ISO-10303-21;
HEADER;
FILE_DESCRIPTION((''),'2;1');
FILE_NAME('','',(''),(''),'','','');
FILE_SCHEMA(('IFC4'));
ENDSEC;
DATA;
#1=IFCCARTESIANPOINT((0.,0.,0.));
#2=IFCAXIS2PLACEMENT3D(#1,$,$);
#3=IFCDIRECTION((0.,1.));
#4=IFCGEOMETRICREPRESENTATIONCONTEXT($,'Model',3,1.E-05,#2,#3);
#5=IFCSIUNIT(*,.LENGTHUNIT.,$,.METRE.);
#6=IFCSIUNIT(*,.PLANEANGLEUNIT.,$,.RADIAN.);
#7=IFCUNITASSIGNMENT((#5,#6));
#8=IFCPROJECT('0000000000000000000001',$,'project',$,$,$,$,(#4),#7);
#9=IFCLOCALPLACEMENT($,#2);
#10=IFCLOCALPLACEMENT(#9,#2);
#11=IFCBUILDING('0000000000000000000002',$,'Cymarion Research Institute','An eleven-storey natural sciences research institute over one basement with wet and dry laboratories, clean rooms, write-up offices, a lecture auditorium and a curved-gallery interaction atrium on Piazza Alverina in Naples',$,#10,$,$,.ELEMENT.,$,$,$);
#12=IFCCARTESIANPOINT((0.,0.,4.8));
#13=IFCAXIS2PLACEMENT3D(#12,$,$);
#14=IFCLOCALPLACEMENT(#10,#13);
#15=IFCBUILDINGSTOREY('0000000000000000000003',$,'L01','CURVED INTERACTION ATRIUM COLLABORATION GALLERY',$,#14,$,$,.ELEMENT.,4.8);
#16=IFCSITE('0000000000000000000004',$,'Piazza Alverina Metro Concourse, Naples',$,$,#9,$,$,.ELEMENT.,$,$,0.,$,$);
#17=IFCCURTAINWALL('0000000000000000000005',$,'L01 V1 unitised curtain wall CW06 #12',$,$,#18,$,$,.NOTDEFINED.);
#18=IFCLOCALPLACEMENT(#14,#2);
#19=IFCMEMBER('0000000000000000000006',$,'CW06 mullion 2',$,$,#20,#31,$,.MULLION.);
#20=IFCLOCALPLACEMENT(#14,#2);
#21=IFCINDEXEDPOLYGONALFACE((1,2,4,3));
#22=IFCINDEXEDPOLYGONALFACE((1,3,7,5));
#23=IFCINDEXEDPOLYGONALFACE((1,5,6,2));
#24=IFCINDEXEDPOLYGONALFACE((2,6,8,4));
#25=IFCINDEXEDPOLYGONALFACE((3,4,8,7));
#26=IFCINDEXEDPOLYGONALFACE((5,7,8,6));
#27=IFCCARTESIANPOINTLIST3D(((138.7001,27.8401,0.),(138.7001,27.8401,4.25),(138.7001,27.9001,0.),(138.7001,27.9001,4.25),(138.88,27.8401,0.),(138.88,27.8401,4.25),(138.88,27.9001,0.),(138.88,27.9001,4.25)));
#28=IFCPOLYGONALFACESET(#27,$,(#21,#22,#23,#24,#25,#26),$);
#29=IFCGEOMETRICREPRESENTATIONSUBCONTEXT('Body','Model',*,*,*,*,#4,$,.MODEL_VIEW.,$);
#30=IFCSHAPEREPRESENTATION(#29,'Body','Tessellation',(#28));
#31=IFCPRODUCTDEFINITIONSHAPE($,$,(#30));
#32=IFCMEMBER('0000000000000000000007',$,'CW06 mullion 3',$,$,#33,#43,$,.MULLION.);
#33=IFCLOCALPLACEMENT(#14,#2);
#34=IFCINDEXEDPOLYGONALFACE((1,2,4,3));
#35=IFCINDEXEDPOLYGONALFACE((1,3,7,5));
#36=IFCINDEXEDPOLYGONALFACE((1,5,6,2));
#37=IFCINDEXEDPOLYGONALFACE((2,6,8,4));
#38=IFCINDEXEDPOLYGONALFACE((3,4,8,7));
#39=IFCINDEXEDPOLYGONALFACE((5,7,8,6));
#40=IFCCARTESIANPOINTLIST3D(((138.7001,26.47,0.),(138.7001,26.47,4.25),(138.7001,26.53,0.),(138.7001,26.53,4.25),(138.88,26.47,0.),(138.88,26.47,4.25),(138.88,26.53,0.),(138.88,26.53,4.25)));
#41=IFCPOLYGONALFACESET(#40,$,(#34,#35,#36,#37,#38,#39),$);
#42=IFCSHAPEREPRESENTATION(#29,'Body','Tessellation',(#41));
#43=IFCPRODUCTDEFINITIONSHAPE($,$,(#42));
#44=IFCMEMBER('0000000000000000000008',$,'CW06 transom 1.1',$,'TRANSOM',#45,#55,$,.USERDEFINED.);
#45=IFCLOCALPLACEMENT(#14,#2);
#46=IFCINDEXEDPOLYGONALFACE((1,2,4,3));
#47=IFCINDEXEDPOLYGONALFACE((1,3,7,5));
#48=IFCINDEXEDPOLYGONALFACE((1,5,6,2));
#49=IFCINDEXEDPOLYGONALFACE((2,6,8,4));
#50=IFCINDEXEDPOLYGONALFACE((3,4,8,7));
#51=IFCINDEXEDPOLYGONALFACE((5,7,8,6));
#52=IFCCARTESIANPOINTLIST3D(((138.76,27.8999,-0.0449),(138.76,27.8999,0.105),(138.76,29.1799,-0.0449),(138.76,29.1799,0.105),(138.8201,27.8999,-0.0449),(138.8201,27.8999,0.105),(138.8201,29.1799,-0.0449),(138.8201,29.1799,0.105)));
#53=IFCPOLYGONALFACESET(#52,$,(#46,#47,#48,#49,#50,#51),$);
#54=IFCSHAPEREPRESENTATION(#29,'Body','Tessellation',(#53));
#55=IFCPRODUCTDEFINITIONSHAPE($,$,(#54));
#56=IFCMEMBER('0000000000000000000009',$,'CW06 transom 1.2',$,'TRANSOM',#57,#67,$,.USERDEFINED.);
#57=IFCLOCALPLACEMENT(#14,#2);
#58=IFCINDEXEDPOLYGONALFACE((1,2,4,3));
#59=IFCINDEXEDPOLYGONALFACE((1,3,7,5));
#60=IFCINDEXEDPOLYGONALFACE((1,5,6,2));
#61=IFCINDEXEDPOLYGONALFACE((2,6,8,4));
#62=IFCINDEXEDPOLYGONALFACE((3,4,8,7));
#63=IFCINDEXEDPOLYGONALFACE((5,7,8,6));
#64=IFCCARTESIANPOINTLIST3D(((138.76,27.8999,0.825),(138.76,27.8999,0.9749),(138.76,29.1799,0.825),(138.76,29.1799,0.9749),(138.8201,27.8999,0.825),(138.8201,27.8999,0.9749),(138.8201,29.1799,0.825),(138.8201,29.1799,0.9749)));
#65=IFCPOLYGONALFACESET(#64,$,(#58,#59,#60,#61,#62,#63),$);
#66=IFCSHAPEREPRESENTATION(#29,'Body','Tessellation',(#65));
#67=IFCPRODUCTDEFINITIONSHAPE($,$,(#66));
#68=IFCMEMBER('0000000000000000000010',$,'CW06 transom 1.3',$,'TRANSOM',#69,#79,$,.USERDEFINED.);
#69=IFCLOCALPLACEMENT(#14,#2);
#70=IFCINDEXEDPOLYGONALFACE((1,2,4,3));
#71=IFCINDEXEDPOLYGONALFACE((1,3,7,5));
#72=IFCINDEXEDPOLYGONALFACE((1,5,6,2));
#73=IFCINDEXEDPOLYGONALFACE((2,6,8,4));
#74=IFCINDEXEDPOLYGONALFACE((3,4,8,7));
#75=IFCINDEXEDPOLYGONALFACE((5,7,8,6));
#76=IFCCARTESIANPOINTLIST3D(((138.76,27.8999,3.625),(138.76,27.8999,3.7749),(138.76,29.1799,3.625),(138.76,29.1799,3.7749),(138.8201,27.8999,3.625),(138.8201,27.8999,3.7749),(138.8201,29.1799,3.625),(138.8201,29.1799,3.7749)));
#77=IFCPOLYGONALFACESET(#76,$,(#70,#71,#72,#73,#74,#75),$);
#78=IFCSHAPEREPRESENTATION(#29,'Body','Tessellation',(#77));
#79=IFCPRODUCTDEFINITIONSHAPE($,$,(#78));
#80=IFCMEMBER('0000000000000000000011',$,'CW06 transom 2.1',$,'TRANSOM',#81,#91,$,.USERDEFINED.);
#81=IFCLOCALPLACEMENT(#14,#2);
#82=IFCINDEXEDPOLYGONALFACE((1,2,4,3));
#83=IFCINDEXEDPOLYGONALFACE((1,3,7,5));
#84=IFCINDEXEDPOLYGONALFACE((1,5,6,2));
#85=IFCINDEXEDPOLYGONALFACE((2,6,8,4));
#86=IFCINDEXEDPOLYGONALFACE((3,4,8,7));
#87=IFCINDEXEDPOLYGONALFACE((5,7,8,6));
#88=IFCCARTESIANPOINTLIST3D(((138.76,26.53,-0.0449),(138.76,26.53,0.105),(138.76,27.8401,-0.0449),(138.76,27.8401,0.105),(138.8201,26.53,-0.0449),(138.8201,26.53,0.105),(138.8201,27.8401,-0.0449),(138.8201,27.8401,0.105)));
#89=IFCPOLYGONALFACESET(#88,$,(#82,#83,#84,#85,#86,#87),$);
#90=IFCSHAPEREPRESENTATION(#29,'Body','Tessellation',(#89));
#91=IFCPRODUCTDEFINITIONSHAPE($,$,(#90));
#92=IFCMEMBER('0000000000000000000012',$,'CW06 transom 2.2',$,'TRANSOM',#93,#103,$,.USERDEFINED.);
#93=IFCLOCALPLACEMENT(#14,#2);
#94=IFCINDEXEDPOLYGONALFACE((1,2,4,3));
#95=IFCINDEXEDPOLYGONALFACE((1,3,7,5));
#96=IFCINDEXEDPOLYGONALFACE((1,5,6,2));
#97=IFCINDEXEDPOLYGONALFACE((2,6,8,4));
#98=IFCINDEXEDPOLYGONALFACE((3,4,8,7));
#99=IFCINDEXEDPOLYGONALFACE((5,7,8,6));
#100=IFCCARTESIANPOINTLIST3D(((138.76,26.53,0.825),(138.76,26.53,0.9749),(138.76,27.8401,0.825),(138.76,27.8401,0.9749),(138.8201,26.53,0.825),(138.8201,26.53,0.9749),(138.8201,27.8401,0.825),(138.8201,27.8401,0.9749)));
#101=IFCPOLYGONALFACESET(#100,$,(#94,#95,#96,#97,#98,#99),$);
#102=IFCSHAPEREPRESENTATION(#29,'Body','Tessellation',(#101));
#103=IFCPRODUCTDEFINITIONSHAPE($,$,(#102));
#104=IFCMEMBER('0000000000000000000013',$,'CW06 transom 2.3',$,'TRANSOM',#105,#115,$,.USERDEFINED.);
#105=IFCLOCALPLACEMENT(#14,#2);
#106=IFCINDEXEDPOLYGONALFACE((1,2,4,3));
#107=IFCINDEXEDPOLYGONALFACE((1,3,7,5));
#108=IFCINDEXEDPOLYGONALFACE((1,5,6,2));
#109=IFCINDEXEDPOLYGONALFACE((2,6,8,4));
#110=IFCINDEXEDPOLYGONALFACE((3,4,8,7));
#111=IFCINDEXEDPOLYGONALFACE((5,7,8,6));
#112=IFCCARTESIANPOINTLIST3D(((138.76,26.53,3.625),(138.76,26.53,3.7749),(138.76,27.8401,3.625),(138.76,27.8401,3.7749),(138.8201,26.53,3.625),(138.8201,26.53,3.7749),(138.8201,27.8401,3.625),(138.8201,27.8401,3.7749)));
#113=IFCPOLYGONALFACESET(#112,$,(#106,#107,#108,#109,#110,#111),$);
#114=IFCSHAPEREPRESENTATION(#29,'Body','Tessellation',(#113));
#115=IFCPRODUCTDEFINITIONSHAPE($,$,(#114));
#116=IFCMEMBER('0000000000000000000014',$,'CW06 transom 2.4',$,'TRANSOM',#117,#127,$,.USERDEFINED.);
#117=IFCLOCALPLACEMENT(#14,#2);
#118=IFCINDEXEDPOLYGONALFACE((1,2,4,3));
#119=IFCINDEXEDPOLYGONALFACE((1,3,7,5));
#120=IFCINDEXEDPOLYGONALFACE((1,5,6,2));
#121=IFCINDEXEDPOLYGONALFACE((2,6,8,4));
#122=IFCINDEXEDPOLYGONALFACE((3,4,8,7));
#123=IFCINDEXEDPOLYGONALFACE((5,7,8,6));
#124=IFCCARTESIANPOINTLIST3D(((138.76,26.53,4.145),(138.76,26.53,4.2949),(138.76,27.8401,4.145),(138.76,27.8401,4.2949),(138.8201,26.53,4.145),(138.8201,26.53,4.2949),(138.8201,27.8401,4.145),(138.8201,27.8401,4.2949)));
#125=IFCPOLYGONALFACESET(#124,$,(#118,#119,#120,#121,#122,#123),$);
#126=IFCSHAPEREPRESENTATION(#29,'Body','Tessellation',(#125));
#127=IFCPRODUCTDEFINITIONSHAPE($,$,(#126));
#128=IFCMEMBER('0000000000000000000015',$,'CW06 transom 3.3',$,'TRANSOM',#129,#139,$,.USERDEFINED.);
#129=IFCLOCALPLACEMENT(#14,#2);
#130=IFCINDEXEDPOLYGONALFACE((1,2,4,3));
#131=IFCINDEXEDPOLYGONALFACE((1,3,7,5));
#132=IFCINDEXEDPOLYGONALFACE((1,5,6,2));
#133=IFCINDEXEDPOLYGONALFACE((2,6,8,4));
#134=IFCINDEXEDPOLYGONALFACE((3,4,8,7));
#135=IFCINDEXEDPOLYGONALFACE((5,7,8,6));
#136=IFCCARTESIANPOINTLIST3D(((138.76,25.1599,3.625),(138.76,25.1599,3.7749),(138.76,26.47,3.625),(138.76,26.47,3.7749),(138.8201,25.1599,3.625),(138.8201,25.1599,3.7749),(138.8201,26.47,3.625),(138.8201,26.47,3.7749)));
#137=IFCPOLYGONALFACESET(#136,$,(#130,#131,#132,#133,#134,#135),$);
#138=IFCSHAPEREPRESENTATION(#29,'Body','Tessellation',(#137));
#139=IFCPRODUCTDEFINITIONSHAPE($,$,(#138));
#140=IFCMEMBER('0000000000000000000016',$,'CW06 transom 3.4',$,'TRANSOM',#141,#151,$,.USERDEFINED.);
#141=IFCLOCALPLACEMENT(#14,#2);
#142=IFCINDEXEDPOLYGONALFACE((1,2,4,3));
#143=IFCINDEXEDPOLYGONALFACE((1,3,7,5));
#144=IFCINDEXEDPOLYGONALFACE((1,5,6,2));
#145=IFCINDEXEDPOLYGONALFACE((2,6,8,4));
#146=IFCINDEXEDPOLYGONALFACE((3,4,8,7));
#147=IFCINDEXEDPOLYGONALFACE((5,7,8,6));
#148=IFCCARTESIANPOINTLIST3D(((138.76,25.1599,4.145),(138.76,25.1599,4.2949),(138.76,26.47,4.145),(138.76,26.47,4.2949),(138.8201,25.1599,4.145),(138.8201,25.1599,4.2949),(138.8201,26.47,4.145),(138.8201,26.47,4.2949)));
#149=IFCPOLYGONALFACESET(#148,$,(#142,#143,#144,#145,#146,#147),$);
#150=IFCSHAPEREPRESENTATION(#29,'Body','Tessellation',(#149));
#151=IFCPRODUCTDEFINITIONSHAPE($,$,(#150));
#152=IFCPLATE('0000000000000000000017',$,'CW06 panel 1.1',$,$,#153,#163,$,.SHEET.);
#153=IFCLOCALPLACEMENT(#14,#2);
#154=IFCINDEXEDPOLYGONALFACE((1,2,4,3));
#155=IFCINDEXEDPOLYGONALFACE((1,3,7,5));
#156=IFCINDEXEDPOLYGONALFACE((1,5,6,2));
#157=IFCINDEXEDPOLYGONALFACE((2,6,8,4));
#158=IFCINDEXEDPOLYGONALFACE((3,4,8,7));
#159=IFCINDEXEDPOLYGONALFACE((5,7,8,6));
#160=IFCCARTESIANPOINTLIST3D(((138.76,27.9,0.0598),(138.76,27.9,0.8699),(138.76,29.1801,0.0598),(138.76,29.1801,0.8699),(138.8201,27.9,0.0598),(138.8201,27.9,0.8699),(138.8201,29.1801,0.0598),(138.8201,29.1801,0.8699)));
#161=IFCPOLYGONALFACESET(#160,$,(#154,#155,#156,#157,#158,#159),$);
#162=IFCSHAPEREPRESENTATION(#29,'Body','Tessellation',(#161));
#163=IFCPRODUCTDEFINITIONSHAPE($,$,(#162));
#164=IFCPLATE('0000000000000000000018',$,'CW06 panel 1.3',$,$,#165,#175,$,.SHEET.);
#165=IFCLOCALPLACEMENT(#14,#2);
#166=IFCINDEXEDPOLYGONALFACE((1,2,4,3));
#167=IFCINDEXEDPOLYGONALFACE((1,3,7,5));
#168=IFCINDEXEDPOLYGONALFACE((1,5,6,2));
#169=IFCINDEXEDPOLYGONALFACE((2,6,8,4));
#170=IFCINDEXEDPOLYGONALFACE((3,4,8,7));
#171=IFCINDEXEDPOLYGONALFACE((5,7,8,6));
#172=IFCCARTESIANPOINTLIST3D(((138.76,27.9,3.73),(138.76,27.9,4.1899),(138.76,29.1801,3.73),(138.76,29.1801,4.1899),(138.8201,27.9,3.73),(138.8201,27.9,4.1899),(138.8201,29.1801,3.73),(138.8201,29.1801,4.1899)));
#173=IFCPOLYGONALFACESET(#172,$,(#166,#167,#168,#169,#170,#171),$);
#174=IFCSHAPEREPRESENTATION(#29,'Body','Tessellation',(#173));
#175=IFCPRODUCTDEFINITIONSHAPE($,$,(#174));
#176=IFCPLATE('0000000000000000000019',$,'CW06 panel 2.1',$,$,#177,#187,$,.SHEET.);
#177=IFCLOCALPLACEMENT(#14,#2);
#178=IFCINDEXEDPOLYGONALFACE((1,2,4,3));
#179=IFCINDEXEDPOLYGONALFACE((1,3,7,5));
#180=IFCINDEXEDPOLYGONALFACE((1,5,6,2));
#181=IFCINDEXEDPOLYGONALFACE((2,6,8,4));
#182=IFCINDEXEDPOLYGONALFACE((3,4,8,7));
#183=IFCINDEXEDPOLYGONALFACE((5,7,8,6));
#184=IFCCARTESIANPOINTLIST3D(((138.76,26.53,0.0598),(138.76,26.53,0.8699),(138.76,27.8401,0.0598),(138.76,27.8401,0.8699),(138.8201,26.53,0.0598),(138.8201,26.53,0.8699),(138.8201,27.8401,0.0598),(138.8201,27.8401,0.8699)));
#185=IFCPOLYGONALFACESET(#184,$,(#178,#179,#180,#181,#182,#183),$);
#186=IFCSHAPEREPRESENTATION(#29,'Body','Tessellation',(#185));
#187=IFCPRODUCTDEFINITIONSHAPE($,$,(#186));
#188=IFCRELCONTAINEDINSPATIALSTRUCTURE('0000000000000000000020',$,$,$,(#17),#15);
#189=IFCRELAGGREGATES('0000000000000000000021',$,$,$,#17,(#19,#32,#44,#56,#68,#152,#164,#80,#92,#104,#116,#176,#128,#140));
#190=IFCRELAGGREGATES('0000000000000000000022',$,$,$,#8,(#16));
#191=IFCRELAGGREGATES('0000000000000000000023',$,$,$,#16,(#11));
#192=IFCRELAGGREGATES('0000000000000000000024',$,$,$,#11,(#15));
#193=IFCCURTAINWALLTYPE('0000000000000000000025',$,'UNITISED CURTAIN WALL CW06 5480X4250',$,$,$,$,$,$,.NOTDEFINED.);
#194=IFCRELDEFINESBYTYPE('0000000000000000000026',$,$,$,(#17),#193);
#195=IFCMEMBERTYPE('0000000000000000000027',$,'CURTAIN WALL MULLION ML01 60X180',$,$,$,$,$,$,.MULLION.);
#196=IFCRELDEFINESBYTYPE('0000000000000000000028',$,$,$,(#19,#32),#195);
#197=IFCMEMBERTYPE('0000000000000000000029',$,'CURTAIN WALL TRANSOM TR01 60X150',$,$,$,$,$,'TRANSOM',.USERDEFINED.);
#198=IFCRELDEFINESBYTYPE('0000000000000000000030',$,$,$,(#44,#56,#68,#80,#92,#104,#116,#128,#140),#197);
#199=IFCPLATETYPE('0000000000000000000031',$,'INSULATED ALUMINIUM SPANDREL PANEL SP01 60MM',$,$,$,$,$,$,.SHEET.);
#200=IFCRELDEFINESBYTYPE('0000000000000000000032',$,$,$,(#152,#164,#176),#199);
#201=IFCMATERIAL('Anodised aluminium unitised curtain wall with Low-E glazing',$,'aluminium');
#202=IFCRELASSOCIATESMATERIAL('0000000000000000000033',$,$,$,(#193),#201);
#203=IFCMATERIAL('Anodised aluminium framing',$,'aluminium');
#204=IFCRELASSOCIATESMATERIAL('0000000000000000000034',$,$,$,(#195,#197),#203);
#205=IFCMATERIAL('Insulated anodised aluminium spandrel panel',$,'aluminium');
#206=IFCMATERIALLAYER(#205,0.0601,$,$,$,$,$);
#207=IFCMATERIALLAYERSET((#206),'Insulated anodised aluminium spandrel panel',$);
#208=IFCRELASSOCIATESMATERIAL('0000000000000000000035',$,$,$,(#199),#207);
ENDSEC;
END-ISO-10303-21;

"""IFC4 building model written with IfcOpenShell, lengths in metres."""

from ifc_helpers import new_model, si_unit, direction, frame, origin, origin_2d, place, context, subcontext, project, spatial, rectangle, extrude, material, layer, layer_set, material_profile, profile_set, type_object, element, aggregate, save


model = new_model("IFC4")

# Units and contexts
model_context = context("Model", 3, precision=1e-05, world=origin(), true_north=direction((0.0, 1.0)))
body_context = subcontext(model_context, "Body", "Model", "MODEL_VIEW")
ifc_project = project(units=[si_unit("LENGTHUNIT", "METRE"), si_unit("PLANEANGLEUNIT", "RADIAN")], contexts=[model_context])

# Site, building, storey
site_placement = place(None, origin())
site = spatial("IfcSite", under=ifc_project, at=site_placement, Name="Piazza Alverina Metro Concourse, Naples", CompositionType="ELEMENT", RefElevation=0.0)
building_placement = place(site_placement, origin())
building = spatial("IfcBuilding", under=site, at=building_placement, Name="Cymarion Research Institute", Description="An eleven-storey natural sciences research institute over one basement with wet and dry laboratories, clean rooms, write-up offices, a lecture auditorium and a curved-gallery interaction atrium on Piazza Alverina in Naples", CompositionType="ELEMENT")
storey_placement = place(building_placement, frame((0.0, 0.0, 4.8)))
storey = spatial("IfcBuildingStorey", under=building, at=storey_placement, Name="L01", Description="CURVED INTERACTION ATRIUM COLLABORATION GALLERY", CompositionType="ELEMENT", Elevation=4.8)

# Curtain wall, members, plates
ifc_material_1 = material(Name="Anodised aluminium unitised curtain wall with Low-E glazing", Category="aluminium")
curtain_wall_type = type_object("IfcCurtainWallType", Name="UNITISED CURTAIN WALL CW06 5480X4250", PredefinedType="NOTDEFINED", material=ifc_material_1)
curtain_wall_placement = place(storey_placement, origin())
curtain_wall = element("IfcCurtainWall", 1, at=curtain_wall_placement, inside=storey, type_object=curtain_wall_type, Name="L01 V1 unitised curtain wall CW06 #12", PredefinedType="NOTDEFINED")
ifc_material_2 = material(Name="Anodised aluminium framing", Category="aluminium")
ifc_material_profile_1 = material_profile(ifc_material_2, rectangle(XDim=0.0601, YDim=0.1799, at=origin_2d()), Name="ALU MULLION 60x180")
ifc_profile_set_1 = profile_set([ifc_material_profile_1], Name="Anodised aluminium framing")
member_type_1 = type_object("IfcMemberType", Name="CURTAIN WALL MULLION ML01 60X180", PredefinedType="MULLION", material=ifc_profile_set_1)
member_1_placement = place(storey_placement, frame((138.79, 27.8701, 0.0), z_axis=(0.0, 0.0, 1.0), x_axis=(0.0, -1.0, 0.0)))
member_1 = element("IfcMember", 2, at=member_1_placement, type_object=member_type_1, Name="CW06 mullion 2", PredefinedType="MULLION", context=body_context, shape_type="SweptSolid", body=[
    extrude(rectangle(XDim=0.0601, YDim=0.1799, at=origin_2d()), origin(), (0.0, 0.0, 1.0), 4.25),
])
member_2_placement = place(storey_placement, frame((138.79, 26.5, 0.0), z_axis=(0.0, 0.0, 1.0), x_axis=(0.0, -1.0, 0.0)))
member_2 = element("IfcMember", 3, at=member_2_placement, type_object=member_type_1, Name="CW06 mullion 3", PredefinedType="MULLION", context=body_context, shape_type="SweptSolid", body=[
    extrude(rectangle(XDim=0.0601, YDim=0.1799, at=origin_2d()), origin(), (0.0, 0.0, 1.0), 4.25),
])
ifc_material_profile_2 = material_profile(ifc_material_2, rectangle(XDim=0.0601, YDim=0.1499, at=origin_2d()), Name="ALU TRANSOM 60x150")
ifc_profile_set_2 = profile_set([ifc_material_profile_2], Name="Anodised aluminium framing")
member_type_2 = type_object("IfcMemberType", Name="CURTAIN WALL TRANSOM TR01 60X150", ElementType="TRANSOM", PredefinedType="USERDEFINED", material=ifc_profile_set_2)
member_3_placement = place(storey_placement, frame((138.79, 29.1799, 0.03), z_axis=(0.0, -1.0, 0.0), x_axis=(1.0, 0.0, 0.0)))
member_3 = element("IfcMember", 4, at=member_3_placement, type_object=member_type_2, Name="CW06 transom 1.1", ObjectType="TRANSOM", PredefinedType="USERDEFINED", context=body_context, shape_type="SweptSolid", body=[
    extrude(rectangle(XDim=0.0601, YDim=0.1499, at=origin_2d()), origin(), (0.0, 0.0, 1.0), 1.28),
])
member_4_placement = place(storey_placement, frame((138.79, 29.1799, 0.8999), z_axis=(0.0, -1.0, 0.0), x_axis=(1.0, 0.0, 0.0)))
member_4 = element("IfcMember", 5, at=member_4_placement, type_object=member_type_2, Name="CW06 transom 1.2", ObjectType="TRANSOM", PredefinedType="USERDEFINED", context=body_context, shape_type="SweptSolid", body=[
    extrude(rectangle(XDim=0.0601, YDim=0.1499, at=origin_2d()), origin(), (0.0, 0.0, 1.0), 1.28),
])
member_5_placement = place(storey_placement, frame((138.79, 29.1799, 3.7), z_axis=(0.0, -1.0, 0.0), x_axis=(1.0, 0.0, 0.0)))
member_5 = element("IfcMember", 6, at=member_5_placement, type_object=member_type_2, Name="CW06 transom 1.3", ObjectType="TRANSOM", PredefinedType="USERDEFINED", context=body_context, shape_type="SweptSolid", body=[
    extrude(rectangle(XDim=0.0601, YDim=0.1499, at=origin_2d()), origin(), (0.0, 0.0, 1.0), 1.28),
])
member_6_placement = place(storey_placement, frame((138.79, 27.8401, 0.03), z_axis=(0.0, -1.0, 0.0), x_axis=(1.0, 0.0, 0.0)))
member_6 = element("IfcMember", 7, at=member_6_placement, type_object=member_type_2, Name="CW06 transom 2.1", ObjectType="TRANSOM", PredefinedType="USERDEFINED", context=body_context, shape_type="SweptSolid", body=[
    extrude(rectangle(XDim=0.0601, YDim=0.1499, at=origin_2d()), origin(), (0.0, 0.0, 1.0), 1.3101),
])
member_7_placement = place(storey_placement, frame((138.79, 27.8401, 0.8999), z_axis=(0.0, -1.0, 0.0), x_axis=(1.0, 0.0, 0.0)))
member_7 = element("IfcMember", 8, at=member_7_placement, type_object=member_type_2, Name="CW06 transom 2.2", ObjectType="TRANSOM", PredefinedType="USERDEFINED", context=body_context, shape_type="SweptSolid", body=[
    extrude(rectangle(XDim=0.0601, YDim=0.1499, at=origin_2d()), origin(), (0.0, 0.0, 1.0), 1.3101),
])
member_8_placement = place(storey_placement, frame((138.79, 27.8401, 3.7), z_axis=(0.0, -1.0, 0.0), x_axis=(1.0, 0.0, 0.0)))
member_8 = element("IfcMember", 9, at=member_8_placement, type_object=member_type_2, Name="CW06 transom 2.3", ObjectType="TRANSOM", PredefinedType="USERDEFINED", context=body_context, shape_type="SweptSolid", body=[
    extrude(rectangle(XDim=0.0601, YDim=0.1499, at=origin_2d()), origin(), (0.0, 0.0, 1.0), 1.3101),
])
member_9_placement = place(storey_placement, frame((138.79, 27.8401, 4.22), z_axis=(0.0, -1.0, 0.0), x_axis=(1.0, 0.0, 0.0)))
member_9 = element("IfcMember", 10, at=member_9_placement, type_object=member_type_2, Name="CW06 transom 2.4", ObjectType="TRANSOM", PredefinedType="USERDEFINED", context=body_context, shape_type="SweptSolid", body=[
    extrude(rectangle(XDim=0.0601, YDim=0.1499, at=origin_2d()), origin(), (0.0, 0.0, 1.0), 1.3101),
])
member_10_placement = place(storey_placement, frame((138.79, 26.47, 3.7), z_axis=(0.0, -1.0, 0.0), x_axis=(1.0, 0.0, 0.0)))
member_10 = element("IfcMember", 11, at=member_10_placement, type_object=member_type_2, Name="CW06 transom 3.3", ObjectType="TRANSOM", PredefinedType="USERDEFINED", context=body_context, shape_type="SweptSolid", body=[
    extrude(rectangle(XDim=0.0601, YDim=0.1499, at=origin_2d()), origin(), (0.0, 0.0, 1.0), 1.3101),
])
member_11_placement = place(storey_placement, frame((138.79, 26.47, 4.22), z_axis=(0.0, -1.0, 0.0), x_axis=(1.0, 0.0, 0.0)))
member_11 = element("IfcMember", 12, at=member_11_placement, type_object=member_type_2, Name="CW06 transom 3.4", ObjectType="TRANSOM", PredefinedType="USERDEFINED", context=body_context, shape_type="SweptSolid", body=[
    extrude(rectangle(XDim=0.0601, YDim=0.1499, at=origin_2d()), origin(), (0.0, 0.0, 1.0), 1.3101),
])
ifc_material_3 = material(Name="Insulated anodised aluminium spandrel panel", Category="aluminium")
ifc_layer_1 = layer(ifc_material_3, 0.0601)
ifc_layer_set_1 = layer_set([ifc_layer_1], Name="Insulated anodised aluminium spandrel panel")
plate_type_1 = type_object("IfcPlateType", Name="INSULATED ALUMINIUM SPANDREL PANEL SP01 60MM", PredefinedType="SHEET", material=ifc_layer_set_1)
plate_1_placement = place(storey_placement, frame((138.79, 28.54, 0.0598), z_axis=(0.0, 0.0, 1.0), x_axis=(0.0, -1.0, 0.0)))
plate_1 = element("IfcPlate", 13, at=plate_1_placement, type_object=plate_type_1, Name="CW06 panel 1.1", PredefinedType="SHEET", context=body_context, shape_type="SweptSolid", body=[
    extrude(rectangle(XDim=1.28, YDim=0.0601, at=origin_2d()), origin(), (0.0, 0.0, 1.0), 0.8101),
])
plate_2_placement = place(storey_placement, frame((138.79, 28.54, 3.73), z_axis=(0.0, 0.0, 1.0), x_axis=(0.0, -1.0, 0.0)))
plate_2 = element("IfcPlate", 14, at=plate_2_placement, type_object=plate_type_1, Name="CW06 panel 1.3", PredefinedType="SHEET", context=body_context, shape_type="SweptSolid", body=[
    extrude(rectangle(XDim=1.28, YDim=0.0601, at=origin_2d()), origin(), (0.0, 0.0, 1.0), 0.46),
])
plate_3_placement = place(storey_placement, frame((138.79, 27.1851, 0.0598), z_axis=(0.0, 0.0, 1.0), x_axis=(0.0, -1.0, 0.0)))
plate_3 = element("IfcPlate", 15, at=plate_3_placement, type_object=plate_type_1, Name="CW06 panel 2.1", PredefinedType="SHEET", context=body_context, shape_type="SweptSolid", body=[
    extrude(rectangle(XDim=1.3101, YDim=0.0601, at=origin_2d()), origin(), (0.0, 0.0, 1.0), 0.8101),
])
aggregate(curtain_wall, [member_1, member_2, member_3, member_4, member_5, plate_1, plate_2, member_6, member_7, member_8, member_9, plate_3, member_10, member_11])

save(model, "model.ifc")
